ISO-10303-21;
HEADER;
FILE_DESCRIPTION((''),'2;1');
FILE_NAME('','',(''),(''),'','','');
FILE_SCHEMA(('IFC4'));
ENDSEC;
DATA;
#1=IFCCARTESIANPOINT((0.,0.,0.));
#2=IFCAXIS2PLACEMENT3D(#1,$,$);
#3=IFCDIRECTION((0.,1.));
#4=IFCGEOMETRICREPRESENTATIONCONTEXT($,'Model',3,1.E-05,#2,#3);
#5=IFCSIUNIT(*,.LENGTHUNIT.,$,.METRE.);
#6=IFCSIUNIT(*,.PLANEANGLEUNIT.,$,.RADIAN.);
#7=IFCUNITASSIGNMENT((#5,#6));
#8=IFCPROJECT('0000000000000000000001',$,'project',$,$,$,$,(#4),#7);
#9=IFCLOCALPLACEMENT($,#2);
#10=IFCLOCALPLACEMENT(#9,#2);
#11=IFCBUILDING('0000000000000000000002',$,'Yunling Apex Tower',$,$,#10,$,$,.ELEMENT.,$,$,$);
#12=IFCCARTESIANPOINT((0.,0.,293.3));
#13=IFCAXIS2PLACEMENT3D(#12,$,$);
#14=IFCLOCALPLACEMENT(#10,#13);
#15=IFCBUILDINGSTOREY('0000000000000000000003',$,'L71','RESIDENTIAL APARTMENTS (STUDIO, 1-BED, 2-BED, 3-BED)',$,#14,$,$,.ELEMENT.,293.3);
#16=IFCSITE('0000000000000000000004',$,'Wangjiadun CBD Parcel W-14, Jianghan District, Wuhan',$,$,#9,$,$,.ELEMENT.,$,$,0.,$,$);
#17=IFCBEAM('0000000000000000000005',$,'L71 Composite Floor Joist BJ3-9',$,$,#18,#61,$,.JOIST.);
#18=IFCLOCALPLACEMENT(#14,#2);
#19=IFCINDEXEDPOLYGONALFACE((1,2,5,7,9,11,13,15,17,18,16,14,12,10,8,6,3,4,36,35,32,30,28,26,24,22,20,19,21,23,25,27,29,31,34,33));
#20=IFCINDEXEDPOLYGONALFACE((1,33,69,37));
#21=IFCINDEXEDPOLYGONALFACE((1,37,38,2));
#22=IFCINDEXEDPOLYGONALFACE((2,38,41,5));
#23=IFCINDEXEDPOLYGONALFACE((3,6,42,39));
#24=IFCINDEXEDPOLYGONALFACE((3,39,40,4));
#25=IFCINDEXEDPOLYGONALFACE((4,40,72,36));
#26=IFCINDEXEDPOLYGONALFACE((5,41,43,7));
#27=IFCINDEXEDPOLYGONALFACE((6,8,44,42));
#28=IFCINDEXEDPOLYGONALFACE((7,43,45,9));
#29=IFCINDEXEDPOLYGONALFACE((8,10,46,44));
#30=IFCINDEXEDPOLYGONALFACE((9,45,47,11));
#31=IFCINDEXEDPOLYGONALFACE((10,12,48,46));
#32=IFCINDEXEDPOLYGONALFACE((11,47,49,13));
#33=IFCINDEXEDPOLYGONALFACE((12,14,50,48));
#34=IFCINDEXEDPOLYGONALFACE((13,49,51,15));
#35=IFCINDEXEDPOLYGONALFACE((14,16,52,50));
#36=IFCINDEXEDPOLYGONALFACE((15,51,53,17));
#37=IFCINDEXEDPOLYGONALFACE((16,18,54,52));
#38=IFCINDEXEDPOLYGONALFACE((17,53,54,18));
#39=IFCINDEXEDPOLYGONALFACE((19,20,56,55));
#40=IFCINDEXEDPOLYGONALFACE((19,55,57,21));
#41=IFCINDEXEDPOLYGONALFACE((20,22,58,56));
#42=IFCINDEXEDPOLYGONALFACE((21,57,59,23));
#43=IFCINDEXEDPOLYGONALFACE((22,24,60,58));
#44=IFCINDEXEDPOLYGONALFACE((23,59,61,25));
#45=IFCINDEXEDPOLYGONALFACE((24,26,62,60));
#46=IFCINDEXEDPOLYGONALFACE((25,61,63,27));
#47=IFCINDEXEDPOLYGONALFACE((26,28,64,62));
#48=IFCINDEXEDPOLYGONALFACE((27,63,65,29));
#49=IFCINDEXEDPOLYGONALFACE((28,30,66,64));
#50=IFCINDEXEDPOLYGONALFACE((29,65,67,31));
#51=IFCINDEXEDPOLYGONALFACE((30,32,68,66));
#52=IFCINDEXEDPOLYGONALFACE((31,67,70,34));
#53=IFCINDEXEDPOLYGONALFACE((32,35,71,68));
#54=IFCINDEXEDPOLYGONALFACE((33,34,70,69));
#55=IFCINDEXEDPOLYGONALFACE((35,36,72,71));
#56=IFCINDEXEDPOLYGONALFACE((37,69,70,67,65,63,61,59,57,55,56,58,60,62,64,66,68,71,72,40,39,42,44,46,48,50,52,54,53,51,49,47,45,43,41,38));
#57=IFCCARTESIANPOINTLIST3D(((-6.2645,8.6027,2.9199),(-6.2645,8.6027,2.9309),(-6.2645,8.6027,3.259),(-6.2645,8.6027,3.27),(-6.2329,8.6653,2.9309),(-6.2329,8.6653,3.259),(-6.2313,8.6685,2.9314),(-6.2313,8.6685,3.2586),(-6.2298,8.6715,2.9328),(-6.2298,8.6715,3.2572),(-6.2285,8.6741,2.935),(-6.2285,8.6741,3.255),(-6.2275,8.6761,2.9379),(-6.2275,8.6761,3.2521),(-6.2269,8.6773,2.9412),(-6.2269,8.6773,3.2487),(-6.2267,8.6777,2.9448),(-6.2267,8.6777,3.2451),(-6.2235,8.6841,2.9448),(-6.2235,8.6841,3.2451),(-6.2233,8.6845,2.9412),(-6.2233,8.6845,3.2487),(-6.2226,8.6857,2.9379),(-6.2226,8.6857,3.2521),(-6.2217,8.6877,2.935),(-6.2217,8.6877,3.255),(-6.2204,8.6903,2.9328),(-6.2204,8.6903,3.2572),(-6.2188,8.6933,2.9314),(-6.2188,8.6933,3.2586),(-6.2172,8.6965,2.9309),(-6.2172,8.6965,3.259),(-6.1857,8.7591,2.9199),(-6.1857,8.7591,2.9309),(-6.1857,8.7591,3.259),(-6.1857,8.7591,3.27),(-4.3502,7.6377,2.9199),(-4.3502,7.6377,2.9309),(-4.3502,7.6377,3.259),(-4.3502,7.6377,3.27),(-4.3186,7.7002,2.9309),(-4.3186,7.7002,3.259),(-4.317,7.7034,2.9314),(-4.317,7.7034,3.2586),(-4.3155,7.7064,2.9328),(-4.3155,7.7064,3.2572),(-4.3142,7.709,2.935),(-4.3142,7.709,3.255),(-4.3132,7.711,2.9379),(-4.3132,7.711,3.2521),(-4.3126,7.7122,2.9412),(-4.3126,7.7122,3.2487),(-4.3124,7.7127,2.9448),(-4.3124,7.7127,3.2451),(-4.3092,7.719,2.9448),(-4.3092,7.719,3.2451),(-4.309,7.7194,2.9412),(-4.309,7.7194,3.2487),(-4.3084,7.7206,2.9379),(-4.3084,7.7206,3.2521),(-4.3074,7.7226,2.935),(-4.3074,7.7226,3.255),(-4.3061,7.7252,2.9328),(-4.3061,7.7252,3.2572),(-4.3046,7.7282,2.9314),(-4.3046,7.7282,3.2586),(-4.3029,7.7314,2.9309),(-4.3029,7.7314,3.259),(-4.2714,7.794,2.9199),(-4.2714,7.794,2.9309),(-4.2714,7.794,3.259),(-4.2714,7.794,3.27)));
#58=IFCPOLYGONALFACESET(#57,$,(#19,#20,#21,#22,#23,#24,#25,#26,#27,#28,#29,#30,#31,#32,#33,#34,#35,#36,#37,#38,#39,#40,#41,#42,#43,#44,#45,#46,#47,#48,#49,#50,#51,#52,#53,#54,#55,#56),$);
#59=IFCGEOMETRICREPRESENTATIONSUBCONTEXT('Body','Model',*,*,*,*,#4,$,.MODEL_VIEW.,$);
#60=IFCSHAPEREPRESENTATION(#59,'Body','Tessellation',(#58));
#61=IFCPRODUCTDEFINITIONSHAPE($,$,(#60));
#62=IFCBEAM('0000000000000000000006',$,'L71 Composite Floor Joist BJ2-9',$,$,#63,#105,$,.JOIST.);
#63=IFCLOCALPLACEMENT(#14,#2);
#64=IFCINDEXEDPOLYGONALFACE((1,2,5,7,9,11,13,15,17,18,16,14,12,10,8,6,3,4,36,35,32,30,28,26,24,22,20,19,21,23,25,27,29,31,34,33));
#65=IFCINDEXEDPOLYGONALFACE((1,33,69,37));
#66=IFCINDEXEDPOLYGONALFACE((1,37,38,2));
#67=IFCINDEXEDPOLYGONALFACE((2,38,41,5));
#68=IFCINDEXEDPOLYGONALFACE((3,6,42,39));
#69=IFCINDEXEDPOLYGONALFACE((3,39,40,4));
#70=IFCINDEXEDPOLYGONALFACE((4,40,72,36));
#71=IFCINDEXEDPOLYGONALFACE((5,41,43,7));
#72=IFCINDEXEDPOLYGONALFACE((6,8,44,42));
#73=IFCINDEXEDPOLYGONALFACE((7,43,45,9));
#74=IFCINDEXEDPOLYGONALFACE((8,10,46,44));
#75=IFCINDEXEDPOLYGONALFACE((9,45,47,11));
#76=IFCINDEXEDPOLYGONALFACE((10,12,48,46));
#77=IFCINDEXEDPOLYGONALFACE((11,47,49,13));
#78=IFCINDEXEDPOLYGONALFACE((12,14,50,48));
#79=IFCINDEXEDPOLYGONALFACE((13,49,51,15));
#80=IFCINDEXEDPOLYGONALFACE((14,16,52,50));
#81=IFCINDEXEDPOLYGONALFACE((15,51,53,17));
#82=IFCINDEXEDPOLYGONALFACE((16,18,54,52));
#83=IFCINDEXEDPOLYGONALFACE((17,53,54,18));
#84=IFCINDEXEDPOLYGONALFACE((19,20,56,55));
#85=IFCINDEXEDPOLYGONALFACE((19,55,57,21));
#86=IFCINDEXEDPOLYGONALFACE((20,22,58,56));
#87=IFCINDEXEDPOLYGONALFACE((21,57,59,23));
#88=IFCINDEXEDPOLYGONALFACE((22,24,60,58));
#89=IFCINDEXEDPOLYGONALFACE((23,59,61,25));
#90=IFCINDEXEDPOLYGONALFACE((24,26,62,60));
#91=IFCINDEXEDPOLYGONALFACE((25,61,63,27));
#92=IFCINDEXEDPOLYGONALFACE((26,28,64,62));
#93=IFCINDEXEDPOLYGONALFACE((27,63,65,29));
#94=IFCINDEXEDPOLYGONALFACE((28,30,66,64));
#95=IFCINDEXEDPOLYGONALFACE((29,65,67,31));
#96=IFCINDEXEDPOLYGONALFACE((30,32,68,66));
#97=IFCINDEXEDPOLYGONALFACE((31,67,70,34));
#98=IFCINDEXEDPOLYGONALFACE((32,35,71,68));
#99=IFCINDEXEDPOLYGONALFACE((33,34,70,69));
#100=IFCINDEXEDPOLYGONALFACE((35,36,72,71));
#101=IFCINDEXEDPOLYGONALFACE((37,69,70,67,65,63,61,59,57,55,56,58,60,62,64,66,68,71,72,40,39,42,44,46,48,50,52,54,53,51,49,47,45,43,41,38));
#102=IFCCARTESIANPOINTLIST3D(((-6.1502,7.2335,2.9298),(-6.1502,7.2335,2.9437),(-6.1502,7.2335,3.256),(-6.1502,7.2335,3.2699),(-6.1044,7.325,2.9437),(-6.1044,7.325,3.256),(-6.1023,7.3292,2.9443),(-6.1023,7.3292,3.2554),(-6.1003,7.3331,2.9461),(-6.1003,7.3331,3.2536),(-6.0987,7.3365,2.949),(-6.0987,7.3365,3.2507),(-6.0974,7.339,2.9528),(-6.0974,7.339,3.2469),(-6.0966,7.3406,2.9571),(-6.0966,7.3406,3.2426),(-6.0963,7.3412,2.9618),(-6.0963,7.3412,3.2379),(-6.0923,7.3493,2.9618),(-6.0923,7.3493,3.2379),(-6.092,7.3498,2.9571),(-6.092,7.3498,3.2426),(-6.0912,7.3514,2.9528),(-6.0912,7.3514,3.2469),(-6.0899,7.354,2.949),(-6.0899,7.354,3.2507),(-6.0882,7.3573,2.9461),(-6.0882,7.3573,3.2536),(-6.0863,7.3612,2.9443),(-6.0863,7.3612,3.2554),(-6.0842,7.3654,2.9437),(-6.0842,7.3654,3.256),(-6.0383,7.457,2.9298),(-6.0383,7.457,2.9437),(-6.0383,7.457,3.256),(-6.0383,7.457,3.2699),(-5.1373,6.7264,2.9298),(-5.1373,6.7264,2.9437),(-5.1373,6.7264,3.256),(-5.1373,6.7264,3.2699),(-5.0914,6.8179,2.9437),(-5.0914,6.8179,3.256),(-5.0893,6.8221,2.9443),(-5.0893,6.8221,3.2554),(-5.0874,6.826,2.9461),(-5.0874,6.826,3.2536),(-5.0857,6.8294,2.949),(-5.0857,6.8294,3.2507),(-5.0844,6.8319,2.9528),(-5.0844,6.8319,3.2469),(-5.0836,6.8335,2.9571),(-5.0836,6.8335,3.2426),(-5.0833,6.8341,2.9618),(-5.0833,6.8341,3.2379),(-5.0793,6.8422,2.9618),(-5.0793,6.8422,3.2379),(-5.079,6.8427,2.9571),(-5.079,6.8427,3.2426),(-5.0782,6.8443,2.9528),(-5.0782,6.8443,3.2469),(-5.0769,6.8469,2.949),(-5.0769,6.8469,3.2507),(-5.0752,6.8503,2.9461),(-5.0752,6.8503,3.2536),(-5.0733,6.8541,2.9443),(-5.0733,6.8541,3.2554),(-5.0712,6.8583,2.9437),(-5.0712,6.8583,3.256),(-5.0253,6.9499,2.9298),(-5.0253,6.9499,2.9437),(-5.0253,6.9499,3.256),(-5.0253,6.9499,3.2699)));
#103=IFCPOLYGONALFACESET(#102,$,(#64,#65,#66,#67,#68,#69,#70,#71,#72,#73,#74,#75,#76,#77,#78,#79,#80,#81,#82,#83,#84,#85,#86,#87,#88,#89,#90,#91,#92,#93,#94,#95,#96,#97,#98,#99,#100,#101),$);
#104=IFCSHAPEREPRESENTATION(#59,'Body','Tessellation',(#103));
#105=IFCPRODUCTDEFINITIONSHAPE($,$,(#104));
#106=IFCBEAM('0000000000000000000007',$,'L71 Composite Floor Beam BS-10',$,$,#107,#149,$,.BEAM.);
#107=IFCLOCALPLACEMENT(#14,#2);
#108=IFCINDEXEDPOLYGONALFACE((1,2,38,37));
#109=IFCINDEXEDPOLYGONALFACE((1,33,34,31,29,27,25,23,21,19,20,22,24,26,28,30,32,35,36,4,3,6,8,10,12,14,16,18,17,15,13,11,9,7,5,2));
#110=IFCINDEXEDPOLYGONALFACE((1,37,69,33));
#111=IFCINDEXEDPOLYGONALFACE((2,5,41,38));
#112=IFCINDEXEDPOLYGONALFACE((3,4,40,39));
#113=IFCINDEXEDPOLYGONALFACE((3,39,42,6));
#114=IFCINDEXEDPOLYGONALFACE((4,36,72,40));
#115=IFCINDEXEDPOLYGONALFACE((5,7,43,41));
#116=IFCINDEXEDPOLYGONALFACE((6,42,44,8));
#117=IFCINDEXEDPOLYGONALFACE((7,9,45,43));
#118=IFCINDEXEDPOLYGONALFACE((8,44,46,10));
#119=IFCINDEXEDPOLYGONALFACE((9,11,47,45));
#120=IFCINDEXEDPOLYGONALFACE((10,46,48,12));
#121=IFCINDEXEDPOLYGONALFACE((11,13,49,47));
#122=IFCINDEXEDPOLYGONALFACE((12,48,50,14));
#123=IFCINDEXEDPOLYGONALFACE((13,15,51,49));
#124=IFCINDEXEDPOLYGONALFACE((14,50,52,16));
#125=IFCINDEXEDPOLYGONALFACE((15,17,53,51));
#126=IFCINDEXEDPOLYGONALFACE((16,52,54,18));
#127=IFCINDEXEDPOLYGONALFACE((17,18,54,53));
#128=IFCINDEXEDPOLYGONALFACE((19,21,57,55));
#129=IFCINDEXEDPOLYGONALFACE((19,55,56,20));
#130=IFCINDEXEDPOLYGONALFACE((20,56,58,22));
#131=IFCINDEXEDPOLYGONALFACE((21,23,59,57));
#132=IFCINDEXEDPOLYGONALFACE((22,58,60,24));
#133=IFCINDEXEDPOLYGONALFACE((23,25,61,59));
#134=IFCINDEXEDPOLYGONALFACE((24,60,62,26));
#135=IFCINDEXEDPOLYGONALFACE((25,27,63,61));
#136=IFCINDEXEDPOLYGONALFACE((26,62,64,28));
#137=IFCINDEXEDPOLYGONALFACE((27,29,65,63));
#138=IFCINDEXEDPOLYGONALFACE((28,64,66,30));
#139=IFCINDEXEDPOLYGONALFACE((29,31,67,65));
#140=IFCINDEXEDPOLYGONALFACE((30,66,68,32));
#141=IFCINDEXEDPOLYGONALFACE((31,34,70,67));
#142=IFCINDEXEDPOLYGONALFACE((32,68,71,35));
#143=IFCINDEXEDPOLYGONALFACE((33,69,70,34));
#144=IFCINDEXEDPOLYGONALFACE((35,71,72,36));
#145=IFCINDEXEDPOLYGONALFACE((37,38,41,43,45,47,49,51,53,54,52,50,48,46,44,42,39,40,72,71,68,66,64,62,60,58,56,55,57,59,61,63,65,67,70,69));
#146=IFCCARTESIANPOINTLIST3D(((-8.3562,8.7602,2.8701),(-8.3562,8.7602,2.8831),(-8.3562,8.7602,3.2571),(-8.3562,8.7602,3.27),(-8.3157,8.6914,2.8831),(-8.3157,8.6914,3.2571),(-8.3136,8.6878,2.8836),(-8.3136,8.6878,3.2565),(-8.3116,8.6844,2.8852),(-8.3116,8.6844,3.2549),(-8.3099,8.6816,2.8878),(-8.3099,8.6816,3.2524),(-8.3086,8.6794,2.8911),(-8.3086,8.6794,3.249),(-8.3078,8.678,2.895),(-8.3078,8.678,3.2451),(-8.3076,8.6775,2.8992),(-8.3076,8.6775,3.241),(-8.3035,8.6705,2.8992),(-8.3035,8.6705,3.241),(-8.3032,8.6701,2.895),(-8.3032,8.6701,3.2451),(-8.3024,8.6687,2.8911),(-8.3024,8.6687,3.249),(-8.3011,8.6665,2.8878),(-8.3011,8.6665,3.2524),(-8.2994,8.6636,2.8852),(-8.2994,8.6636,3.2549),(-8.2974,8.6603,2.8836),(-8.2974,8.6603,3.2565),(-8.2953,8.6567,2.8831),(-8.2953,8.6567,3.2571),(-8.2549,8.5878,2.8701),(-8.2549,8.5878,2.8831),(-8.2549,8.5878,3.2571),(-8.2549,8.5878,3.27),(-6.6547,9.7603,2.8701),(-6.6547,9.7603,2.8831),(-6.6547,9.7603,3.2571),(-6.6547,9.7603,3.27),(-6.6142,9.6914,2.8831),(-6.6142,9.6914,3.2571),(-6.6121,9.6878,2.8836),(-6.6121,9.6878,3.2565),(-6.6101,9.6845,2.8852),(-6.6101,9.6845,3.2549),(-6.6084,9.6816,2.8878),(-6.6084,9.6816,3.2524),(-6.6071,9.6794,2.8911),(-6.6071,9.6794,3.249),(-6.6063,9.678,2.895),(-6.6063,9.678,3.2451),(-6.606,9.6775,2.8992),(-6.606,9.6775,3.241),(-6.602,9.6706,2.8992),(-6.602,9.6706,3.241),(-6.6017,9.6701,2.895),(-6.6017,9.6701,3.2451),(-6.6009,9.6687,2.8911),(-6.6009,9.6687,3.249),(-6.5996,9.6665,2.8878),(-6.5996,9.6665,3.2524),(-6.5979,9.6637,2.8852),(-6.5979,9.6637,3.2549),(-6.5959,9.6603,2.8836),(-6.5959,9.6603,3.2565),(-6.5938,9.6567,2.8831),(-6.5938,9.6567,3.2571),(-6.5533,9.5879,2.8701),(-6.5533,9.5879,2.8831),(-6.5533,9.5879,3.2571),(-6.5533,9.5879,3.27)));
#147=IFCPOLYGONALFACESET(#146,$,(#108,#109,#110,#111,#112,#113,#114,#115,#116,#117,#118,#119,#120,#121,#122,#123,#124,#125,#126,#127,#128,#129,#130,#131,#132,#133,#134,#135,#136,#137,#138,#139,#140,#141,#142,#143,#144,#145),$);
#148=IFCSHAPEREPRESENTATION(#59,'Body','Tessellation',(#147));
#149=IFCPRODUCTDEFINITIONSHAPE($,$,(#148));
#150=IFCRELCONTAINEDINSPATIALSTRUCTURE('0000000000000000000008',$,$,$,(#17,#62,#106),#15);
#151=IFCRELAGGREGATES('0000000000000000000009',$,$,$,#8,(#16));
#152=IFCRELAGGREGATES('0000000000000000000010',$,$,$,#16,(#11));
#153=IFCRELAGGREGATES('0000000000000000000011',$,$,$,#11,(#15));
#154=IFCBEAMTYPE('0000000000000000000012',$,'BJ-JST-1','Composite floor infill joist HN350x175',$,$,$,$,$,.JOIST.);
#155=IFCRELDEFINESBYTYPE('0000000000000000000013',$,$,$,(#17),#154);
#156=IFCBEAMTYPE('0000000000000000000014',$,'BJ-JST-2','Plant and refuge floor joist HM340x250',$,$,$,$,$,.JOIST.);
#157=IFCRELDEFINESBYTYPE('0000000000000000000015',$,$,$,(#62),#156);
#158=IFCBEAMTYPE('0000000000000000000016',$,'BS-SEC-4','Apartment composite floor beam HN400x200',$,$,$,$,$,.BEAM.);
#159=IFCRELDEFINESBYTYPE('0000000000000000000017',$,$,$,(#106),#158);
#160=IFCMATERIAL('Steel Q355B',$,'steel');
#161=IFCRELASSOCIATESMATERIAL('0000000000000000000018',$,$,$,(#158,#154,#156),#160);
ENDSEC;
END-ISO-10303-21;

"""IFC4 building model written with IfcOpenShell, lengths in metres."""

from ifc_helpers import new_model, si_unit, direction, frame, origin, origin_2d, place, context, subcontext, project, spatial, i_section, extrude, source, transform, mapped, material, material_profile, profile_set, type_object, element, save


model = new_model("IFC4")

# Units and contexts
model_context = context("Model", 3, precision=1e-05, world=origin(), true_north=direction((0.0, 1.0)))
body_context = subcontext(model_context, "Body", "Model", "MODEL_VIEW")
ifc_project = project(units=[si_unit("LENGTHUNIT", "METRE"), si_unit("PLANEANGLEUNIT", "RADIAN")], contexts=[model_context])

# Site, building, storey
site_placement = place(None, origin())
site = spatial("IfcSite", under=ifc_project, at=site_placement, Name="Wangjiadun CBD Parcel W-14, Jianghan District, Wuhan", CompositionType="ELEMENT", RefElevation=0.0)
building_placement = place(site_placement, origin())
building = spatial("IfcBuilding", under=site, at=building_placement, Name="Yunling Apex Tower", CompositionType="ELEMENT")
storey_placement = place(building_placement, frame((0.0, 0.0, 293.3)))
storey = spatial("IfcBuildingStorey", under=building, at=storey_placement, Name="L71", Description="RESIDENTIAL APARTMENTS (STUDIO, 1-BED, 2-BED, 3-BED)", CompositionType="ELEMENT", Elevation=293.3)

# Shared definitions
ifc_material_1 = material(Name="Steel Q355B", Category="steel")

# Beams
ifc_material_profile_1 = material_profile(ifc_material_1, i_section(OverallWidth=0.2, OverallDepth=0.3999, WebThickness=0.0081, FlangeThickness=0.0129, FilletRadius=0.0161, at=origin_2d()))
ifc_profile_set_1 = profile_set([ifc_material_profile_1], Name="Steel Q355B")
beam_type_1 = type_object("IfcBeamType", Name="BS-SEC-4", Description="Apartment composite floor beam HN400x200", PredefinedType="BEAM", material=ifc_profile_set_1)
ifc_material_profile_2 = material_profile(ifc_material_1, i_section(OverallWidth=0.175, OverallDepth=0.3501, WebThickness=0.0071, FlangeThickness=0.011, FilletRadius=0.0139, at=origin_2d()))
ifc_profile_set_2 = profile_set([ifc_material_profile_2], Name="Steel Q355B")
beam_type_2 = type_object("IfcBeamType", Name="BJ-JST-1", Description="Composite floor infill joist HN350x175", PredefinedType="JOIST", material=ifc_profile_set_2)
shared_shape_1 = source(origin(), body_context, "Body", "SweptSolid", [
    extrude(i_section(OverallWidth=0.175, OverallDepth=0.3501, WebThickness=0.0071, FlangeThickness=0.011, FilletRadius=0.0139, at=origin_2d()), origin(), (0.0, 0.0, 1.0), 2.1438),
])
beam_1_placement = place(storey_placement, frame((-4.3108, 7.7158, 3.095), z_axis=(-0.892942, 0.450172, 0.0), x_axis=(-0.450172, -0.892942, 0.0)))
element("IfcBeam", 1, at=beam_1_placement, inside=storey, type_object=beam_type_2, Name="L71 Composite Floor Joist BJ3-9", PredefinedType="JOIST", context=body_context, shape_type="MappedRepresentation", body=[
    mapped(shared_shape_1, transform((0.0, 0.0, 0.0), scale=1.0)),
])
ifc_material_profile_3 = material_profile(ifc_material_1, i_section(OverallWidth=0.25, OverallDepth=0.3401, WebThickness=0.009, FlangeThickness=0.0139, FilletRadius=0.0181, at=origin_2d()))
ifc_profile_set_3 = profile_set([ifc_material_profile_3], Name="Steel Q355B")
beam_type_3 = type_object("IfcBeamType", Name="BJ-JST-2", Description="Plant and refuge floor joist HM340x250", PredefinedType="JOIST", material=ifc_profile_set_3)
shared_shape_2 = source(origin(), body_context, "Body", "SweptSolid", [
    extrude(i_section(OverallWidth=0.25, OverallDepth=0.3401, WebThickness=0.009, FlangeThickness=0.0139, FilletRadius=0.0181, at=origin_2d()), origin(), (0.0, 0.0, 1.0), 1.1328),
])
beam_2_placement = place(storey_placement, frame((-5.0813, 6.8381, 3.0999), z_axis=(-0.894212, 0.447645, 0.0), x_axis=(-0.447645, -0.894212, 0.0)))
element("IfcBeam", 2, at=beam_2_placement, inside=storey, type_object=beam_type_3, Name="L71 Composite Floor Joist BJ2-9", PredefinedType="JOIST", context=body_context, shape_type="MappedRepresentation", body=[
    mapped(shared_shape_2, transform((0.0, 0.0, 0.0), scale=1.0)),
])
shared_shape_3 = source(origin(), body_context, "Body", "SweptSolid", [
    extrude(i_section(OverallWidth=0.2, OverallDepth=0.3999, WebThickness=0.0081, FlangeThickness=0.0129, FilletRadius=0.0161, at=origin_2d()), origin(), (0.0, 0.0, 1.0), 1.9736),
])
beam_3_placement = place(storey_placement, frame((-6.604, 9.6741, 3.0701), z_axis=(-0.862119, -0.506707, 0.0), x_axis=(0.506707, -0.862119, 0.0)))
element("IfcBeam", 3, at=beam_3_placement, inside=storey, type_object=beam_type_1, Name="L71 Composite Floor Beam BS-10", PredefinedType="BEAM", context=body_context, shape_type="MappedRepresentation", body=[
    mapped(shared_shape_3, transform((0.0, 0.0, 0.0), scale=1.0)),
])

save(model, "model.ifc")
